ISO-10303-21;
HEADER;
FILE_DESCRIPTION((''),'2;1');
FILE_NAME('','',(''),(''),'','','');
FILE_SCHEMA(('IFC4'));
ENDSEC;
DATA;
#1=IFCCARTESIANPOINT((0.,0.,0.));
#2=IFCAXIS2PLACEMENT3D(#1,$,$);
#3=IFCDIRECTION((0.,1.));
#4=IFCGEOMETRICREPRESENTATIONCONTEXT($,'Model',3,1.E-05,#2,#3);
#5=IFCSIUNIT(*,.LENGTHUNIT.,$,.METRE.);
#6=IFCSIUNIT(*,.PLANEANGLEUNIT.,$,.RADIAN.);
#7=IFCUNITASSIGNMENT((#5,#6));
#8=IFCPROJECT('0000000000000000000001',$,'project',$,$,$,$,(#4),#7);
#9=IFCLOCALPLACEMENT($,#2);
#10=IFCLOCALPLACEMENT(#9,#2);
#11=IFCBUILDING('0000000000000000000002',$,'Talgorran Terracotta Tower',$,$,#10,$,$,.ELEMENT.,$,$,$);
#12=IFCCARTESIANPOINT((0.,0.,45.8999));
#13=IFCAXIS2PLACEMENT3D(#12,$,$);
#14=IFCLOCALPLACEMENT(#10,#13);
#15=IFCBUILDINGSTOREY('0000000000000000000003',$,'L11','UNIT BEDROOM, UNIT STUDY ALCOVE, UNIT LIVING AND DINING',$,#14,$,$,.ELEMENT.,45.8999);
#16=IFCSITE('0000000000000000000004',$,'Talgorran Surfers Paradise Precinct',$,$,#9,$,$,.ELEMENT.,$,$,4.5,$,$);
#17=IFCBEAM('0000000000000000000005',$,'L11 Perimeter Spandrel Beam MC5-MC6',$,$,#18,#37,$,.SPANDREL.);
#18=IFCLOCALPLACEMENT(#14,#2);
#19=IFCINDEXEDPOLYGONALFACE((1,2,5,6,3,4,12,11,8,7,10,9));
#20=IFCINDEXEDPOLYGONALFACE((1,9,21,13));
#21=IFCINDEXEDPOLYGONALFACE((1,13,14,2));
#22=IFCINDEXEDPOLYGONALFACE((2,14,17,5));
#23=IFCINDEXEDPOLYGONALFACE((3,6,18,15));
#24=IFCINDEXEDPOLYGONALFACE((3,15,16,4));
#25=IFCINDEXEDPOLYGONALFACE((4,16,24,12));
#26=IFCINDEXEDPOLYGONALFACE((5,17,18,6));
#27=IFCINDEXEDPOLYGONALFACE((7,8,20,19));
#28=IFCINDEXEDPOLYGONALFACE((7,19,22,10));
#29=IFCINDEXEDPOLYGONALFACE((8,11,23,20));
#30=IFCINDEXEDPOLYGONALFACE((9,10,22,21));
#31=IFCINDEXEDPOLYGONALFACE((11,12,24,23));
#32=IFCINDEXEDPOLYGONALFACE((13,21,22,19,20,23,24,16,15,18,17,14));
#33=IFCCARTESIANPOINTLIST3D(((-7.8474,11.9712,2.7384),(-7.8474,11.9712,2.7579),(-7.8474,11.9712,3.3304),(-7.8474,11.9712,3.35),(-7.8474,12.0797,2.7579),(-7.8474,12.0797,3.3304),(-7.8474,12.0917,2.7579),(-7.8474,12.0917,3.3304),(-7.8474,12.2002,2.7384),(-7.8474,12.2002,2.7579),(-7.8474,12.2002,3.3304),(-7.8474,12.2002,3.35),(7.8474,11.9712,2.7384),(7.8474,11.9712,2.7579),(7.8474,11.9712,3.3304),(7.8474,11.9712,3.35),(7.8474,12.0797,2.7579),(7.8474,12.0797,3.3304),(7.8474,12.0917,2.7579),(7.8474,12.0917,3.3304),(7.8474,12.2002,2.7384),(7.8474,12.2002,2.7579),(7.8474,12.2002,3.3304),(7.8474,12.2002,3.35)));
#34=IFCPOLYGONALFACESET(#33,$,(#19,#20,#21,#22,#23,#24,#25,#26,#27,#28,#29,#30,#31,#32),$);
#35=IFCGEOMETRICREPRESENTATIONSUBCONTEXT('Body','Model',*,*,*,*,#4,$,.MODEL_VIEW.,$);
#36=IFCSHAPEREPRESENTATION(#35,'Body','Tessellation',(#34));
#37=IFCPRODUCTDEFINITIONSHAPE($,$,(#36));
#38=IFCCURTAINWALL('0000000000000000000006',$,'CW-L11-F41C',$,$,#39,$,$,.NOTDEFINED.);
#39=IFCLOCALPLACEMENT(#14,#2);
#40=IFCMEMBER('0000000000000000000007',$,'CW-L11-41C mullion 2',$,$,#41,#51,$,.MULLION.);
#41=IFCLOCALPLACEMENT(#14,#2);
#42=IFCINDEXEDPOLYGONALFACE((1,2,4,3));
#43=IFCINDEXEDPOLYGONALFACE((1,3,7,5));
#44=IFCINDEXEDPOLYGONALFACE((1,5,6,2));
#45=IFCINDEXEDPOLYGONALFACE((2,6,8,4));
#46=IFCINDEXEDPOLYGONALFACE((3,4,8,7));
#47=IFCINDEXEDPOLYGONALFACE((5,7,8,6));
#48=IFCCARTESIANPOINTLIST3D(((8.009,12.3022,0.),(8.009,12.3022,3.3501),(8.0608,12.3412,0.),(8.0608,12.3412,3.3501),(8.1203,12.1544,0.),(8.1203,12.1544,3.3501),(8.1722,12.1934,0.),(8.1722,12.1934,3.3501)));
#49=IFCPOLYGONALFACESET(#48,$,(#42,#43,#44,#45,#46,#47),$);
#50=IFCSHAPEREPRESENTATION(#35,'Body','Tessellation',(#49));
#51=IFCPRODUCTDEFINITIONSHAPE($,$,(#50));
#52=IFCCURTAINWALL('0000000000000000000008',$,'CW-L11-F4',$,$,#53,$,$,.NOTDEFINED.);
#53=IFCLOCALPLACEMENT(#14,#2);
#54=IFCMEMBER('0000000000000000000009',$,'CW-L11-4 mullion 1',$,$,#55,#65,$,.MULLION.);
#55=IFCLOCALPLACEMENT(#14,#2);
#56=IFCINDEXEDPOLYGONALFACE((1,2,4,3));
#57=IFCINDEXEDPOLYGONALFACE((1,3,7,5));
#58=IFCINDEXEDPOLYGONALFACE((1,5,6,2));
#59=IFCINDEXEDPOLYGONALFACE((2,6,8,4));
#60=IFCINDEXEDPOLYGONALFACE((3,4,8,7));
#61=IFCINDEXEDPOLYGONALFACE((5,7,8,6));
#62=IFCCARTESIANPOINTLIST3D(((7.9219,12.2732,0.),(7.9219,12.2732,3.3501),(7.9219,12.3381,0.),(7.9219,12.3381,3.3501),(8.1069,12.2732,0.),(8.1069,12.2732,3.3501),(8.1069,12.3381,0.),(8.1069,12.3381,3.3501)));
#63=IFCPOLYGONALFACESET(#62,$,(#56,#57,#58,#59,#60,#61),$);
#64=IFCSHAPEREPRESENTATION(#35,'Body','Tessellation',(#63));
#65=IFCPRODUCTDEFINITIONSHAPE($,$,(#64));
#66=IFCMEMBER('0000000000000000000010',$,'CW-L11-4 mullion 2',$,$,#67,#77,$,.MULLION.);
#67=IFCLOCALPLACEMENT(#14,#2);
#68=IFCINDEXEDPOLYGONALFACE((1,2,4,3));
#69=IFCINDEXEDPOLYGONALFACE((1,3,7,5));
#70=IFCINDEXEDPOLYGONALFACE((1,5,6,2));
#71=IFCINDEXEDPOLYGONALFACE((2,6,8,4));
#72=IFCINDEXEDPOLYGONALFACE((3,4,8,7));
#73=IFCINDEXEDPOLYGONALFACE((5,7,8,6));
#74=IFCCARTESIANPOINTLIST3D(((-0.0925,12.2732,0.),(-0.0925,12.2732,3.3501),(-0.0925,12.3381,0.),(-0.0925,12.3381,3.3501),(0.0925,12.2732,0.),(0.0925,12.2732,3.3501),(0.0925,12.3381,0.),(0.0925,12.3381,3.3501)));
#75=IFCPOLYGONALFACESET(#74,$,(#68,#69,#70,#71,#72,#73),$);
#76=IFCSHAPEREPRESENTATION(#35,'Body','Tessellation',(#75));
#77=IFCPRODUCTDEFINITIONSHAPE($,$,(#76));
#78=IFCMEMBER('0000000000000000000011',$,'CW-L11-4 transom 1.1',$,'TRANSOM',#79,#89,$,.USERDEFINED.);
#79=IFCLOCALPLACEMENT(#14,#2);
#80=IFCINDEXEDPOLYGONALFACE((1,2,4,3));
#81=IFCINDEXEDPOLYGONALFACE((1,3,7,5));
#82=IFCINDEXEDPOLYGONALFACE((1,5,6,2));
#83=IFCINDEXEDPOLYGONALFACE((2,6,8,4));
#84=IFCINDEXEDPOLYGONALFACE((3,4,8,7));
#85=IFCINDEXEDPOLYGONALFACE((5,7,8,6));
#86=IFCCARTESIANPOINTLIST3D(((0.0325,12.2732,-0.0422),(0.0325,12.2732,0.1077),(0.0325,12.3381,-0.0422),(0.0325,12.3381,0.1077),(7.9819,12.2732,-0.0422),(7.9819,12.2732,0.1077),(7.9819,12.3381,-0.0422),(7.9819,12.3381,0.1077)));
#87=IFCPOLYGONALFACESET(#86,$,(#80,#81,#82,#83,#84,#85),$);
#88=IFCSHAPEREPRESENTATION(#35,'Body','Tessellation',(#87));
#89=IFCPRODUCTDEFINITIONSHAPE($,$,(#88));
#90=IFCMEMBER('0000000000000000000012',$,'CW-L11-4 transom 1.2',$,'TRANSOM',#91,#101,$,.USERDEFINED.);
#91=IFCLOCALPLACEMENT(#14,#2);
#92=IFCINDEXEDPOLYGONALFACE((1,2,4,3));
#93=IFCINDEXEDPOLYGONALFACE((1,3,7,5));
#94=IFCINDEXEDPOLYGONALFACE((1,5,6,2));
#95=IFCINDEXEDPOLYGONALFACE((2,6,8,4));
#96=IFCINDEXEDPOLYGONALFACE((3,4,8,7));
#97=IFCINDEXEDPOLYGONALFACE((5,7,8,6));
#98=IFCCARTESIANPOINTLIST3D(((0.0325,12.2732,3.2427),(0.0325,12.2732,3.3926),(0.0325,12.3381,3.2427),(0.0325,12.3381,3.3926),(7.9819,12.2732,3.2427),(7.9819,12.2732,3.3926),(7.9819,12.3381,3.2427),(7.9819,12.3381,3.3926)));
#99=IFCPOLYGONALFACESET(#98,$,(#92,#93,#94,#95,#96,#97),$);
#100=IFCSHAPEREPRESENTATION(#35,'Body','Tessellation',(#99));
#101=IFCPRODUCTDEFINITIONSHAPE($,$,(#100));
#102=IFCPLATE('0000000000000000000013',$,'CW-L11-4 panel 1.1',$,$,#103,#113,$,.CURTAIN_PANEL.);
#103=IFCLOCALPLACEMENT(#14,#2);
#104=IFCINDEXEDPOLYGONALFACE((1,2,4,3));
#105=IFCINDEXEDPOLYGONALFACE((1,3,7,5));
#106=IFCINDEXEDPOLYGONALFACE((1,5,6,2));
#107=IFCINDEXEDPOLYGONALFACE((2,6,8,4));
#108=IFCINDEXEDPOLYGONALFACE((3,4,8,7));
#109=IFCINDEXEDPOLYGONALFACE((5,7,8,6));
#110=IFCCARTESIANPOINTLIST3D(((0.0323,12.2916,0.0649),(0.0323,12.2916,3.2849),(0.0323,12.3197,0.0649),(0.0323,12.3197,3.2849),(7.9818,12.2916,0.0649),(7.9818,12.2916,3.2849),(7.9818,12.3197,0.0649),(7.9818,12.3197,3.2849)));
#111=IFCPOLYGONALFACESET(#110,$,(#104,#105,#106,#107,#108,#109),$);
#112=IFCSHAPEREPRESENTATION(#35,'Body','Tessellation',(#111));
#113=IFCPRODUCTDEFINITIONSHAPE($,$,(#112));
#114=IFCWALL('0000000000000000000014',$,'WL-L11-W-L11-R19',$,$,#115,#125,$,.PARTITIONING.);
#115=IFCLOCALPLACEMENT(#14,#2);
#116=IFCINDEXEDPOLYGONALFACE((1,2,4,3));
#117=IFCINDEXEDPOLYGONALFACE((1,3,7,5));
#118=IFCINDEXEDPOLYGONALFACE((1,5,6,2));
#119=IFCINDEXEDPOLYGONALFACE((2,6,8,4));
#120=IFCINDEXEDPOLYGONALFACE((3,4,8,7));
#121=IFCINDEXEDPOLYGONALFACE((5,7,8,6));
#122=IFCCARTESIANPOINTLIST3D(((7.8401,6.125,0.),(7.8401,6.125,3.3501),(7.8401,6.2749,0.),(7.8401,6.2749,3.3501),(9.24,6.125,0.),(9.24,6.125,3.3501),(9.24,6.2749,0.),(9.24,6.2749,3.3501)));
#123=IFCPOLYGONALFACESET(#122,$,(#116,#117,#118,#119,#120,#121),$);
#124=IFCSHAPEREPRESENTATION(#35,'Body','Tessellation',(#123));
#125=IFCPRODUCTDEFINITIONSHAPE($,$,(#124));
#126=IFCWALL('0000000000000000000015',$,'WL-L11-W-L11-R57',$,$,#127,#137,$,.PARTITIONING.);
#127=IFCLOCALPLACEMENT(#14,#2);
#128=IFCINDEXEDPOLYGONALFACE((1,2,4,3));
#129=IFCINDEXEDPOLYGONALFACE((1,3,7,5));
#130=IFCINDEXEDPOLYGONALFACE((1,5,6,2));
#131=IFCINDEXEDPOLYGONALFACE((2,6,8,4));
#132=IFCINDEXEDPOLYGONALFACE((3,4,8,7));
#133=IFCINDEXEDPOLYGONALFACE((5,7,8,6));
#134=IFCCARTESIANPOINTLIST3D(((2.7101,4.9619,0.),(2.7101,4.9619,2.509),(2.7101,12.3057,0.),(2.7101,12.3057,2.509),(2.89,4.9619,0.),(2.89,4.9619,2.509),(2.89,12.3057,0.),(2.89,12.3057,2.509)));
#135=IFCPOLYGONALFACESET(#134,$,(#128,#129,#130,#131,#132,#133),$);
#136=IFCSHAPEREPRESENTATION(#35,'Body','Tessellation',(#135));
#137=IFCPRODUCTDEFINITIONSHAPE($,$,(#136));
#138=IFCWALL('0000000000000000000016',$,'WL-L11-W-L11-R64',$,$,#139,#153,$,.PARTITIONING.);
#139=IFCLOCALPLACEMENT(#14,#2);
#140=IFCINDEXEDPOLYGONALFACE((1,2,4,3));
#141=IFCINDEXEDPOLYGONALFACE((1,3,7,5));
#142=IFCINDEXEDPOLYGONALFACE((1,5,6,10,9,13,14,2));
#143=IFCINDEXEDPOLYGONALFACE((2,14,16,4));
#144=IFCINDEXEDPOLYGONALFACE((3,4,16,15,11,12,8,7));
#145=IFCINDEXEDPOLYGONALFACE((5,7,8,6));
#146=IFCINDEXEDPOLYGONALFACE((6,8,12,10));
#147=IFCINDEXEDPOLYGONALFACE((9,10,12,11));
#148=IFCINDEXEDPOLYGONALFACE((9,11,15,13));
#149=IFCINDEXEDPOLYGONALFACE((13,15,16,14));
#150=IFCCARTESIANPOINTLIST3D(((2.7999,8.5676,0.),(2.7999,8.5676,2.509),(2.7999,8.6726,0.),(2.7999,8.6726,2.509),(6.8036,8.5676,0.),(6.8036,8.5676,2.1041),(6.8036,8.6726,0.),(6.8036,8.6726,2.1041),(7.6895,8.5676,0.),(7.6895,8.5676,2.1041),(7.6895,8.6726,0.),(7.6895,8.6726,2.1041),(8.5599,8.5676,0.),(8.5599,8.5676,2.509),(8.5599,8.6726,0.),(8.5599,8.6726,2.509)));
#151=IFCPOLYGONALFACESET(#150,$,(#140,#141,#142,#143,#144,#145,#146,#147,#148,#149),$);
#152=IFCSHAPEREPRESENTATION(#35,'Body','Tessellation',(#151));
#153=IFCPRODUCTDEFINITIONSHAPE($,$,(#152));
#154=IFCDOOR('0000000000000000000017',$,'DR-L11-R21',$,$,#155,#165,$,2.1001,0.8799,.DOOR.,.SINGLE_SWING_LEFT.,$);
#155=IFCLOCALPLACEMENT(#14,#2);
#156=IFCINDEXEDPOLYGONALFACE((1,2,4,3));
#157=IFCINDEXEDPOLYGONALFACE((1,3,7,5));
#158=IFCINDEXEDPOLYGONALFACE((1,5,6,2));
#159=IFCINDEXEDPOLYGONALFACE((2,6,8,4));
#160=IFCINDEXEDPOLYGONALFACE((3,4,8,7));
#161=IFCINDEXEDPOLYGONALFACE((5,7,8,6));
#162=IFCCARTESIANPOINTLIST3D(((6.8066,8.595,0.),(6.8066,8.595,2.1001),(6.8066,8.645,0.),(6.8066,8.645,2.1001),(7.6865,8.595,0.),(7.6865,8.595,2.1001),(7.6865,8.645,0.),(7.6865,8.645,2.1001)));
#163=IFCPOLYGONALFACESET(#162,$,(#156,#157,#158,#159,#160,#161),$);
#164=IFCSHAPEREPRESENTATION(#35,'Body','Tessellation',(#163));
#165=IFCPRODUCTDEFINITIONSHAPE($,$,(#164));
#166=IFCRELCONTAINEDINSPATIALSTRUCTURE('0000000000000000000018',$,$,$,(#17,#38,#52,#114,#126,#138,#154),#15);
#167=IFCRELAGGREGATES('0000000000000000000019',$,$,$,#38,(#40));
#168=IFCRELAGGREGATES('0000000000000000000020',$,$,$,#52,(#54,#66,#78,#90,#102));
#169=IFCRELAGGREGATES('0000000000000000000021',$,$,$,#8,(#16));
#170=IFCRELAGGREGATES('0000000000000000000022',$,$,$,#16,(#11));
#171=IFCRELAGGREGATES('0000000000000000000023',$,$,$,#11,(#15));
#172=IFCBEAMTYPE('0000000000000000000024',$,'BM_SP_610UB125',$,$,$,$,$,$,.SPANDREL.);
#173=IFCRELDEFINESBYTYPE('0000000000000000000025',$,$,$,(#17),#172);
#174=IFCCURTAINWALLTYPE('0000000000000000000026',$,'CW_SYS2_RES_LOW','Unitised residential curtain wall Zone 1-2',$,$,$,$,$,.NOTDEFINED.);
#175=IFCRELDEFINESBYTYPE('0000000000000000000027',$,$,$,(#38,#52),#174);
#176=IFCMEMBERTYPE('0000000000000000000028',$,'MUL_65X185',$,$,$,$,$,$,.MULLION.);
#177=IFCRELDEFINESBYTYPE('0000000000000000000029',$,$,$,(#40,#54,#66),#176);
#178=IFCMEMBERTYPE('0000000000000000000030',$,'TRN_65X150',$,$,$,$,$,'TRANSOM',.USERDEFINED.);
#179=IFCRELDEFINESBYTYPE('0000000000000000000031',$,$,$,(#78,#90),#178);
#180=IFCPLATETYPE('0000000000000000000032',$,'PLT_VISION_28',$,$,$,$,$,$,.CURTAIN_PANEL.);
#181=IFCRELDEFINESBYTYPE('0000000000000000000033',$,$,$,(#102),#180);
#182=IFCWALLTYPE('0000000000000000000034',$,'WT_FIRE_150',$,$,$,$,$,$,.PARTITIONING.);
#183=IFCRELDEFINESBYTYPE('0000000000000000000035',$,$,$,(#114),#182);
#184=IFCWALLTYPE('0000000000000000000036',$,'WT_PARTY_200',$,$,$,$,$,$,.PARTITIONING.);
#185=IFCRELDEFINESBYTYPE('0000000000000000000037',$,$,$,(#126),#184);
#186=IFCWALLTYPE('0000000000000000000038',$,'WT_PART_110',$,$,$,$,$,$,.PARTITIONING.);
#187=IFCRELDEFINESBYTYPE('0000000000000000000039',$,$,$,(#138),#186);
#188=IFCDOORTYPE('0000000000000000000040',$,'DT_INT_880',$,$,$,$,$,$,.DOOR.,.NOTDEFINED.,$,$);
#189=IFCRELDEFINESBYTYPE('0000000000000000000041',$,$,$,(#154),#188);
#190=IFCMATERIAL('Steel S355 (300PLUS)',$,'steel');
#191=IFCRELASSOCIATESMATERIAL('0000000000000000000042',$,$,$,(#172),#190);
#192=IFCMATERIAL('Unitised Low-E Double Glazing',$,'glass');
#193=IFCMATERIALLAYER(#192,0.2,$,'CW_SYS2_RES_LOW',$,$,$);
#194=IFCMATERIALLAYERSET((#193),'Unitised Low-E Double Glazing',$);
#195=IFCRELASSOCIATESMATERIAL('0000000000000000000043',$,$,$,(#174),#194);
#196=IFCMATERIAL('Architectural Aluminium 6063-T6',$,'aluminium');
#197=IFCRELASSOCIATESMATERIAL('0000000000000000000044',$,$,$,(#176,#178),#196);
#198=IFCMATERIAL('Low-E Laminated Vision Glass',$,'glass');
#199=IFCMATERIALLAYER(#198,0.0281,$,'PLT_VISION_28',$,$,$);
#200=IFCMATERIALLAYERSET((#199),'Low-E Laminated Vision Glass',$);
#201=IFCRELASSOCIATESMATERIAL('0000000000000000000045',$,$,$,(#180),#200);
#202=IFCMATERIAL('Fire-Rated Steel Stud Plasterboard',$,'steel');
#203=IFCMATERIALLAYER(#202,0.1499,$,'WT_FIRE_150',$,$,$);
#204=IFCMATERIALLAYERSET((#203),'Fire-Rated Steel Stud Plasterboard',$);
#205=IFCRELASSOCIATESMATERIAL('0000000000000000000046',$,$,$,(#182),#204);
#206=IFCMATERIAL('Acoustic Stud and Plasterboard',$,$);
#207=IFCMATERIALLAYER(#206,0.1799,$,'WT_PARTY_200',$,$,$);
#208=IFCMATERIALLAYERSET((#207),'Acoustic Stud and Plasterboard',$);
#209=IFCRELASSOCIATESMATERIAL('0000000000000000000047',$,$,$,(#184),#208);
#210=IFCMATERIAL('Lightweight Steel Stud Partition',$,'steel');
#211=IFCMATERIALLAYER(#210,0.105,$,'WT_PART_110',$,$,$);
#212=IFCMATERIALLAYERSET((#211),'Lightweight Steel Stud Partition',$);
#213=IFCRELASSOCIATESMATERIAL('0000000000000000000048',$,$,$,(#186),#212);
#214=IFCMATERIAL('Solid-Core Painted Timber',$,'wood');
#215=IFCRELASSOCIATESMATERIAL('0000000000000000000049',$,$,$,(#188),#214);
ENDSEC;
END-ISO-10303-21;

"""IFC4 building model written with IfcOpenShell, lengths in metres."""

from ifc_helpers import new_model, si_unit, direction, frame, frame_2d, origin, origin_2d, place, context, subcontext, project, spatial, rectangle, i_section, extrude, source, transform, mapped, material, layer, layer_set, material_profile, profile_set, type_object, type_shapes, element, fill, aggregate, save


model = new_model("IFC4")

# Units and contexts
model_context = context("Model", 3, precision=1e-05, world=origin(), true_north=direction((0.0, 1.0)))
body_context = subcontext(model_context, "Body", "Model", "MODEL_VIEW")
ifc_project = project(units=[si_unit("LENGTHUNIT", "METRE"), si_unit("PLANEANGLEUNIT", "RADIAN")], contexts=[model_context])

# Site, building, storey
site_placement = place(None, origin())
site = spatial("IfcSite", under=ifc_project, at=site_placement, Name="Talgorran Surfers Paradise Precinct", CompositionType="ELEMENT", RefElevation=4.5)
building_placement = place(site_placement, origin())
building = spatial("IfcBuilding", under=site, at=building_placement, Name="Talgorran Terracotta Tower", CompositionType="ELEMENT")
storey_placement = place(building_placement, frame((0.0, 0.0, 45.8999)))
storey = spatial("IfcBuildingStorey", under=building, at=storey_placement, Name="L11", Description="UNIT BEDROOM, UNIT STUDY ALCOVE, UNIT LIVING AND DINING", CompositionType="ELEMENT", Elevation=45.8999)

# Shared definitions
ifc_material_1 = material(Name="Steel S355 (300PLUS)", Category="steel")

# Beam
ifc_material_profile_1 = material_profile(ifc_material_1, i_section(OverallWidth=0.229, OverallDepth=0.6116, WebThickness=0.012, FlangeThickness=0.0195, at=origin_2d()), Name="610UB125")
ifc_profile_set_1 = profile_set([ifc_material_profile_1], Name="Steel S355 (300PLUS)")
beam_type_1 = type_object("IfcBeamType", Name="BM_SP_610UB125", PredefinedType="SPANDREL", material=ifc_profile_set_1)
beam_1_placement = place(storey_placement, frame((7.8474, 12.0857, 3.0442), z_axis=(-1.0, 0.0, 0.0), x_axis=(0.0, -1.0, 0.0)))
element("IfcBeam", 1, at=beam_1_placement, inside=storey, type_object=beam_type_1, Name="L11 Perimeter Spandrel Beam MC5-MC6", PredefinedType="SPANDREL", context=body_context, shape_type="SweptSolid", body=[
    extrude(i_section(OverallWidth=0.229, OverallDepth=0.6116, WebThickness=0.012, FlangeThickness=0.0195, at=origin_2d()), origin(), (0.0, 0.0, 1.0), 15.6948),
])

# Curtain wall, member
ifc_material_2 = material(Name="Unitised Low-E Double Glazing", Category="glass")
ifc_layer_1 = layer(ifc_material_2, 0.2, Name="CW_SYS2_RES_LOW")
ifc_layer_set_1 = layer_set([ifc_layer_1], Name="Unitised Low-E Double Glazing")
curtain_wall_type = type_object("IfcCurtainWallType", Name="CW_SYS2_RES_LOW", Description="Unitised residential curtain wall Zone 1-2", PredefinedType="NOTDEFINED", material=ifc_layer_set_1)
curtain_wall_1_placement = place(storey_placement, origin())
curtain_wall_1 = element("IfcCurtainWall", 2, at=curtain_wall_1_placement, inside=storey, type_object=curtain_wall_type, Name="CW-L11-F41C", PredefinedType="NOTDEFINED")
ifc_material_3 = material(Name="Architectural Aluminium 6063-T6", Category="aluminium")
ifc_material_profile_2 = material_profile(ifc_material_3, rectangle(XDim=0.0649, YDim=0.1851, at=origin_2d()), Name="CWM65X185")
ifc_profile_set_2 = profile_set([ifc_material_profile_2], Name="Architectural Aluminium 6063-T6")
member_type_1 = type_object("IfcMemberType", Name="MUL_65X185", PredefinedType="MULLION", material=ifc_profile_set_2)
member_1_placement = place(storey_placement, frame((8.0906, 12.2478, 0.0), z_axis=(0.0, 0.0, 1.0), x_axis=(-0.798788, -0.601613, 0.0)))
member_1 = element("IfcMember", 3, at=member_1_placement, type_object=member_type_1, Name="CW-L11-41C mullion 2", PredefinedType="MULLION", context=body_context, shape_type="SweptSolid", body=[
    extrude(rectangle(XDim=0.0649, YDim=0.1851, at=origin_2d()), origin(), (0.0, 0.0, 1.0), 3.3501),
])
aggregate(curtain_wall_1, [member_1])

# Curtain wall, members, plate
curtain_wall_2_placement = place(storey_placement, origin())
curtain_wall_2 = element("IfcCurtainWall", 4, at=curtain_wall_2_placement, inside=storey, type_object=curtain_wall_type, Name="CW-L11-F4", PredefinedType="NOTDEFINED")
member_2_placement = place(storey_placement, frame((8.0144, 12.3057, 0.0), z_axis=(0.0, 0.0, 1.0), x_axis=(0.0, -1.0, 0.0)))
member_2 = element("IfcMember", 5, at=member_2_placement, type_object=member_type_1, Name="CW-L11-4 mullion 1", PredefinedType="MULLION", context=body_context, shape_type="SweptSolid", body=[
    extrude(rectangle(XDim=0.0649, YDim=0.1851, at=origin_2d()), origin(), (0.0, 0.0, 1.0), 3.3501),
])
member_3_placement = place(storey_placement, frame((0.0, 12.3057, 0.0), z_axis=(0.0, 0.0, 1.0), x_axis=(0.0, -1.0, 0.0)))
member_3 = element("IfcMember", 6, at=member_3_placement, type_object=member_type_1, Name="CW-L11-4 mullion 2", PredefinedType="MULLION", context=body_context, shape_type="SweptSolid", body=[
    extrude(rectangle(XDim=0.0649, YDim=0.1851, at=origin_2d()), origin(), (0.0, 0.0, 1.0), 3.3501),
])
ifc_material_profile_3 = material_profile(ifc_material_3, rectangle(XDim=0.0649, YDim=0.1499, at=origin_2d()), Name="CWT65X150")
ifc_profile_set_3 = profile_set([ifc_material_profile_3], Name="Architectural Aluminium 6063-T6")
member_type_2 = type_object("IfcMemberType", Name="TRN_65X150", ElementType="TRANSOM", PredefinedType="USERDEFINED", material=ifc_profile_set_3)
member_4_placement = place(storey_placement, frame((7.9819, 12.3057, 0.0327), z_axis=(-1.0, 0.0, 0.0), x_axis=(0.0, -1.0, 0.0)))
member_4 = element("IfcMember", 7, at=member_4_placement, type_object=member_type_2, Name="CW-L11-4 transom 1.1", ObjectType="TRANSOM", PredefinedType="USERDEFINED", context=body_context, shape_type="SweptSolid", body=[
    extrude(rectangle(XDim=0.0649, YDim=0.1499, at=origin_2d()), origin(), (0.0, 0.0, 1.0), 7.9495),
])
member_5_placement = place(storey_placement, frame((7.9819, 12.3057, 3.3176), z_axis=(-1.0, 0.0, 0.0), x_axis=(0.0, -1.0, 0.0)))
member_5 = element("IfcMember", 8, at=member_5_placement, type_object=member_type_2, Name="CW-L11-4 transom 1.2", ObjectType="TRANSOM", PredefinedType="USERDEFINED", context=body_context, shape_type="SweptSolid", body=[
    extrude(rectangle(XDim=0.0649, YDim=0.1499, at=origin_2d()), origin(), (0.0, 0.0, 1.0), 7.9495),
])
ifc_material_4 = material(Name="Low-E Laminated Vision Glass", Category="glass")
ifc_layer_2 = layer(ifc_material_4, 0.0281, Name="PLT_VISION_28")
ifc_layer_set_2 = layer_set([ifc_layer_2], Name="Low-E Laminated Vision Glass")
plate_type = type_object("IfcPlateType", Name="PLT_VISION_28", PredefinedType="CURTAIN_PANEL", material=ifc_layer_set_2)
shared_shape = source(origin(), body_context, "Body", "SweptSolid", [
    extrude(rectangle(XDim=7.9495, YDim=0.0281, at=origin_2d()), origin(), (0.0, 0.0, 1.0), 3.22),
])
type_shapes(plate_type, [shared_shape])
plate_placement = place(storey_placement, frame((4.0071, 12.3057, 0.0649), z_axis=(0.0, 0.0, 1.0), x_axis=(-1.0, 0.0, 0.0)))
plate = element("IfcPlate", 9, at=plate_placement, type_object=plate_type, Name="CW-L11-4 panel 1.1", PredefinedType="CURTAIN_PANEL", context=body_context, shape_type="MappedRepresentation", body=[
    mapped(shared_shape, transform((0.0, 0.0, 0.0), scale=1.0)),
])
aggregate(curtain_wall_2, [member_2, member_3, member_4, member_5, plate])

# Walls
ifc_material_5 = material(Name="Fire-Rated Steel Stud Plasterboard", Category="steel")
ifc_layer_3 = layer(ifc_material_5, 0.1499, Name="WT_FIRE_150")
ifc_layer_set_3 = layer_set([ifc_layer_3], Name="Fire-Rated Steel Stud Plasterboard")
wall_type_1 = type_object("IfcWallType", Name="WT_FIRE_150", PredefinedType="PARTITIONING", material=ifc_layer_set_3)
wall_1_placement = place(storey_placement, frame((7.8401, 6.2, 0.0), z_axis=(0.0, 0.0, 1.0), x_axis=(1.0, 0.0, 0.0)))
element("IfcWall", 10, at=wall_1_placement, inside=storey, type_object=wall_type_1, Name="WL-L11-W-L11-R19", PredefinedType="PARTITIONING", context=body_context, shape_type="SweptSolid", body=[
    extrude(rectangle(XDim=1.3999, YDim=0.1499, at=frame_2d((0.7, 0.0))), origin(), (0.0, 0.0, 1.0), 3.3501),
])
ifc_material_6 = material(Name="Acoustic Stud and Plasterboard")
ifc_layer_4 = layer(ifc_material_6, 0.1799, Name="WT_PARTY_200")
ifc_layer_set_4 = layer_set([ifc_layer_4], Name="Acoustic Stud and Plasterboard")
wall_type_2 = type_object("IfcWallType", Name="WT_PARTY_200", PredefinedType="PARTITIONING", material=ifc_layer_set_4)
wall_2_placement = place(storey_placement, frame((2.8, 4.9619, 0.0), z_axis=(0.0, 0.0, 1.0), x_axis=(0.0, 1.0, 0.0)))
element("IfcWall", 11, at=wall_2_placement, inside=storey, type_object=wall_type_2, Name="WL-L11-W-L11-R57", PredefinedType="PARTITIONING", context=body_context, shape_type="SweptSolid", body=[
    extrude(rectangle(XDim=7.3438, YDim=0.1799, at=frame_2d((3.6719, 0.0))), origin(), (0.0, 0.0, 1.0), 2.509),
])

# Wall, opening, door
ifc_material_7 = material(Name="Lightweight Steel Stud Partition", Category="steel")
ifc_layer_5 = layer(ifc_material_7, 0.105, Name="WT_PART_110")
ifc_layer_set_5 = layer_set([ifc_layer_5], Name="Lightweight Steel Stud Partition")
wall_type_3 = type_object("IfcWallType", Name="WT_PART_110", PredefinedType="PARTITIONING", material=ifc_layer_set_5)
wall_3_placement = place(storey_placement, frame((2.8, 8.6201, 0.0), z_axis=(0.0, 0.0, 1.0), x_axis=(1.0, 0.0, 0.0)))
wall_3 = element("IfcWall", 12, at=wall_3_placement, inside=storey, type_object=wall_type_3, Name="WL-L11-W-L11-R64", PredefinedType="PARTITIONING", context=body_context, shape_type="SweptSolid", body=[
    extrude(rectangle(XDim=5.76, YDim=0.105, at=frame_2d((2.8799, 0.0))), origin(), (0.0, 0.0, 1.0), 2.509),
])
opening_1_placement = place(wall_3_placement, frame((4.0066, 0.0, 0.0)))
opening_1 = element("IfcOpeningElement", 13, at=opening_1_placement, cuts=wall_3, PredefinedType="OPENING", context=body_context, shape_type="SweptSolid", body=[
    extrude(rectangle(XDim=0.8859, YDim=2.1041, at=frame_2d((0.4399, 1.052))), frame((0.0, 0.0625, 0.0), z_axis=(0.0, -1.0, 0.0), x_axis=(1.0, 0.0, 0.0)), (0.0, 0.0, 1.0), 0.125),
])
ifc_material_8 = material(Name="Solid-Core Painted Timber", Category="wood")
door_type = type_object("IfcDoorType", Name="DT_INT_880", OperationType="NOTDEFINED", PredefinedType="DOOR", material=ifc_material_8)
door_1_placement = place(opening_1_placement, origin())
door_1 = element("IfcDoor", 14, at=door_1_placement, inside=storey, type_object=door_type, Name="DR-L11-R21", OperationType="SINGLE_SWING_LEFT", OverallHeight=2.1001, OverallWidth=0.8799, PredefinedType="DOOR", context=body_context, shape_type="SweptSolid", body=[
    extrude(rectangle(XDim=0.8799, YDim=2.1001, at=frame_2d((0.4399, 1.05))), frame((0.0, 0.0249, 0.0), z_axis=(0.0, -1.0, 0.0), x_axis=(1.0, 0.0, 0.0)), (0.0, 0.0, 1.0), 0.05),
])
fill(opening_1, door_1)

save(model, "model.ifc")
